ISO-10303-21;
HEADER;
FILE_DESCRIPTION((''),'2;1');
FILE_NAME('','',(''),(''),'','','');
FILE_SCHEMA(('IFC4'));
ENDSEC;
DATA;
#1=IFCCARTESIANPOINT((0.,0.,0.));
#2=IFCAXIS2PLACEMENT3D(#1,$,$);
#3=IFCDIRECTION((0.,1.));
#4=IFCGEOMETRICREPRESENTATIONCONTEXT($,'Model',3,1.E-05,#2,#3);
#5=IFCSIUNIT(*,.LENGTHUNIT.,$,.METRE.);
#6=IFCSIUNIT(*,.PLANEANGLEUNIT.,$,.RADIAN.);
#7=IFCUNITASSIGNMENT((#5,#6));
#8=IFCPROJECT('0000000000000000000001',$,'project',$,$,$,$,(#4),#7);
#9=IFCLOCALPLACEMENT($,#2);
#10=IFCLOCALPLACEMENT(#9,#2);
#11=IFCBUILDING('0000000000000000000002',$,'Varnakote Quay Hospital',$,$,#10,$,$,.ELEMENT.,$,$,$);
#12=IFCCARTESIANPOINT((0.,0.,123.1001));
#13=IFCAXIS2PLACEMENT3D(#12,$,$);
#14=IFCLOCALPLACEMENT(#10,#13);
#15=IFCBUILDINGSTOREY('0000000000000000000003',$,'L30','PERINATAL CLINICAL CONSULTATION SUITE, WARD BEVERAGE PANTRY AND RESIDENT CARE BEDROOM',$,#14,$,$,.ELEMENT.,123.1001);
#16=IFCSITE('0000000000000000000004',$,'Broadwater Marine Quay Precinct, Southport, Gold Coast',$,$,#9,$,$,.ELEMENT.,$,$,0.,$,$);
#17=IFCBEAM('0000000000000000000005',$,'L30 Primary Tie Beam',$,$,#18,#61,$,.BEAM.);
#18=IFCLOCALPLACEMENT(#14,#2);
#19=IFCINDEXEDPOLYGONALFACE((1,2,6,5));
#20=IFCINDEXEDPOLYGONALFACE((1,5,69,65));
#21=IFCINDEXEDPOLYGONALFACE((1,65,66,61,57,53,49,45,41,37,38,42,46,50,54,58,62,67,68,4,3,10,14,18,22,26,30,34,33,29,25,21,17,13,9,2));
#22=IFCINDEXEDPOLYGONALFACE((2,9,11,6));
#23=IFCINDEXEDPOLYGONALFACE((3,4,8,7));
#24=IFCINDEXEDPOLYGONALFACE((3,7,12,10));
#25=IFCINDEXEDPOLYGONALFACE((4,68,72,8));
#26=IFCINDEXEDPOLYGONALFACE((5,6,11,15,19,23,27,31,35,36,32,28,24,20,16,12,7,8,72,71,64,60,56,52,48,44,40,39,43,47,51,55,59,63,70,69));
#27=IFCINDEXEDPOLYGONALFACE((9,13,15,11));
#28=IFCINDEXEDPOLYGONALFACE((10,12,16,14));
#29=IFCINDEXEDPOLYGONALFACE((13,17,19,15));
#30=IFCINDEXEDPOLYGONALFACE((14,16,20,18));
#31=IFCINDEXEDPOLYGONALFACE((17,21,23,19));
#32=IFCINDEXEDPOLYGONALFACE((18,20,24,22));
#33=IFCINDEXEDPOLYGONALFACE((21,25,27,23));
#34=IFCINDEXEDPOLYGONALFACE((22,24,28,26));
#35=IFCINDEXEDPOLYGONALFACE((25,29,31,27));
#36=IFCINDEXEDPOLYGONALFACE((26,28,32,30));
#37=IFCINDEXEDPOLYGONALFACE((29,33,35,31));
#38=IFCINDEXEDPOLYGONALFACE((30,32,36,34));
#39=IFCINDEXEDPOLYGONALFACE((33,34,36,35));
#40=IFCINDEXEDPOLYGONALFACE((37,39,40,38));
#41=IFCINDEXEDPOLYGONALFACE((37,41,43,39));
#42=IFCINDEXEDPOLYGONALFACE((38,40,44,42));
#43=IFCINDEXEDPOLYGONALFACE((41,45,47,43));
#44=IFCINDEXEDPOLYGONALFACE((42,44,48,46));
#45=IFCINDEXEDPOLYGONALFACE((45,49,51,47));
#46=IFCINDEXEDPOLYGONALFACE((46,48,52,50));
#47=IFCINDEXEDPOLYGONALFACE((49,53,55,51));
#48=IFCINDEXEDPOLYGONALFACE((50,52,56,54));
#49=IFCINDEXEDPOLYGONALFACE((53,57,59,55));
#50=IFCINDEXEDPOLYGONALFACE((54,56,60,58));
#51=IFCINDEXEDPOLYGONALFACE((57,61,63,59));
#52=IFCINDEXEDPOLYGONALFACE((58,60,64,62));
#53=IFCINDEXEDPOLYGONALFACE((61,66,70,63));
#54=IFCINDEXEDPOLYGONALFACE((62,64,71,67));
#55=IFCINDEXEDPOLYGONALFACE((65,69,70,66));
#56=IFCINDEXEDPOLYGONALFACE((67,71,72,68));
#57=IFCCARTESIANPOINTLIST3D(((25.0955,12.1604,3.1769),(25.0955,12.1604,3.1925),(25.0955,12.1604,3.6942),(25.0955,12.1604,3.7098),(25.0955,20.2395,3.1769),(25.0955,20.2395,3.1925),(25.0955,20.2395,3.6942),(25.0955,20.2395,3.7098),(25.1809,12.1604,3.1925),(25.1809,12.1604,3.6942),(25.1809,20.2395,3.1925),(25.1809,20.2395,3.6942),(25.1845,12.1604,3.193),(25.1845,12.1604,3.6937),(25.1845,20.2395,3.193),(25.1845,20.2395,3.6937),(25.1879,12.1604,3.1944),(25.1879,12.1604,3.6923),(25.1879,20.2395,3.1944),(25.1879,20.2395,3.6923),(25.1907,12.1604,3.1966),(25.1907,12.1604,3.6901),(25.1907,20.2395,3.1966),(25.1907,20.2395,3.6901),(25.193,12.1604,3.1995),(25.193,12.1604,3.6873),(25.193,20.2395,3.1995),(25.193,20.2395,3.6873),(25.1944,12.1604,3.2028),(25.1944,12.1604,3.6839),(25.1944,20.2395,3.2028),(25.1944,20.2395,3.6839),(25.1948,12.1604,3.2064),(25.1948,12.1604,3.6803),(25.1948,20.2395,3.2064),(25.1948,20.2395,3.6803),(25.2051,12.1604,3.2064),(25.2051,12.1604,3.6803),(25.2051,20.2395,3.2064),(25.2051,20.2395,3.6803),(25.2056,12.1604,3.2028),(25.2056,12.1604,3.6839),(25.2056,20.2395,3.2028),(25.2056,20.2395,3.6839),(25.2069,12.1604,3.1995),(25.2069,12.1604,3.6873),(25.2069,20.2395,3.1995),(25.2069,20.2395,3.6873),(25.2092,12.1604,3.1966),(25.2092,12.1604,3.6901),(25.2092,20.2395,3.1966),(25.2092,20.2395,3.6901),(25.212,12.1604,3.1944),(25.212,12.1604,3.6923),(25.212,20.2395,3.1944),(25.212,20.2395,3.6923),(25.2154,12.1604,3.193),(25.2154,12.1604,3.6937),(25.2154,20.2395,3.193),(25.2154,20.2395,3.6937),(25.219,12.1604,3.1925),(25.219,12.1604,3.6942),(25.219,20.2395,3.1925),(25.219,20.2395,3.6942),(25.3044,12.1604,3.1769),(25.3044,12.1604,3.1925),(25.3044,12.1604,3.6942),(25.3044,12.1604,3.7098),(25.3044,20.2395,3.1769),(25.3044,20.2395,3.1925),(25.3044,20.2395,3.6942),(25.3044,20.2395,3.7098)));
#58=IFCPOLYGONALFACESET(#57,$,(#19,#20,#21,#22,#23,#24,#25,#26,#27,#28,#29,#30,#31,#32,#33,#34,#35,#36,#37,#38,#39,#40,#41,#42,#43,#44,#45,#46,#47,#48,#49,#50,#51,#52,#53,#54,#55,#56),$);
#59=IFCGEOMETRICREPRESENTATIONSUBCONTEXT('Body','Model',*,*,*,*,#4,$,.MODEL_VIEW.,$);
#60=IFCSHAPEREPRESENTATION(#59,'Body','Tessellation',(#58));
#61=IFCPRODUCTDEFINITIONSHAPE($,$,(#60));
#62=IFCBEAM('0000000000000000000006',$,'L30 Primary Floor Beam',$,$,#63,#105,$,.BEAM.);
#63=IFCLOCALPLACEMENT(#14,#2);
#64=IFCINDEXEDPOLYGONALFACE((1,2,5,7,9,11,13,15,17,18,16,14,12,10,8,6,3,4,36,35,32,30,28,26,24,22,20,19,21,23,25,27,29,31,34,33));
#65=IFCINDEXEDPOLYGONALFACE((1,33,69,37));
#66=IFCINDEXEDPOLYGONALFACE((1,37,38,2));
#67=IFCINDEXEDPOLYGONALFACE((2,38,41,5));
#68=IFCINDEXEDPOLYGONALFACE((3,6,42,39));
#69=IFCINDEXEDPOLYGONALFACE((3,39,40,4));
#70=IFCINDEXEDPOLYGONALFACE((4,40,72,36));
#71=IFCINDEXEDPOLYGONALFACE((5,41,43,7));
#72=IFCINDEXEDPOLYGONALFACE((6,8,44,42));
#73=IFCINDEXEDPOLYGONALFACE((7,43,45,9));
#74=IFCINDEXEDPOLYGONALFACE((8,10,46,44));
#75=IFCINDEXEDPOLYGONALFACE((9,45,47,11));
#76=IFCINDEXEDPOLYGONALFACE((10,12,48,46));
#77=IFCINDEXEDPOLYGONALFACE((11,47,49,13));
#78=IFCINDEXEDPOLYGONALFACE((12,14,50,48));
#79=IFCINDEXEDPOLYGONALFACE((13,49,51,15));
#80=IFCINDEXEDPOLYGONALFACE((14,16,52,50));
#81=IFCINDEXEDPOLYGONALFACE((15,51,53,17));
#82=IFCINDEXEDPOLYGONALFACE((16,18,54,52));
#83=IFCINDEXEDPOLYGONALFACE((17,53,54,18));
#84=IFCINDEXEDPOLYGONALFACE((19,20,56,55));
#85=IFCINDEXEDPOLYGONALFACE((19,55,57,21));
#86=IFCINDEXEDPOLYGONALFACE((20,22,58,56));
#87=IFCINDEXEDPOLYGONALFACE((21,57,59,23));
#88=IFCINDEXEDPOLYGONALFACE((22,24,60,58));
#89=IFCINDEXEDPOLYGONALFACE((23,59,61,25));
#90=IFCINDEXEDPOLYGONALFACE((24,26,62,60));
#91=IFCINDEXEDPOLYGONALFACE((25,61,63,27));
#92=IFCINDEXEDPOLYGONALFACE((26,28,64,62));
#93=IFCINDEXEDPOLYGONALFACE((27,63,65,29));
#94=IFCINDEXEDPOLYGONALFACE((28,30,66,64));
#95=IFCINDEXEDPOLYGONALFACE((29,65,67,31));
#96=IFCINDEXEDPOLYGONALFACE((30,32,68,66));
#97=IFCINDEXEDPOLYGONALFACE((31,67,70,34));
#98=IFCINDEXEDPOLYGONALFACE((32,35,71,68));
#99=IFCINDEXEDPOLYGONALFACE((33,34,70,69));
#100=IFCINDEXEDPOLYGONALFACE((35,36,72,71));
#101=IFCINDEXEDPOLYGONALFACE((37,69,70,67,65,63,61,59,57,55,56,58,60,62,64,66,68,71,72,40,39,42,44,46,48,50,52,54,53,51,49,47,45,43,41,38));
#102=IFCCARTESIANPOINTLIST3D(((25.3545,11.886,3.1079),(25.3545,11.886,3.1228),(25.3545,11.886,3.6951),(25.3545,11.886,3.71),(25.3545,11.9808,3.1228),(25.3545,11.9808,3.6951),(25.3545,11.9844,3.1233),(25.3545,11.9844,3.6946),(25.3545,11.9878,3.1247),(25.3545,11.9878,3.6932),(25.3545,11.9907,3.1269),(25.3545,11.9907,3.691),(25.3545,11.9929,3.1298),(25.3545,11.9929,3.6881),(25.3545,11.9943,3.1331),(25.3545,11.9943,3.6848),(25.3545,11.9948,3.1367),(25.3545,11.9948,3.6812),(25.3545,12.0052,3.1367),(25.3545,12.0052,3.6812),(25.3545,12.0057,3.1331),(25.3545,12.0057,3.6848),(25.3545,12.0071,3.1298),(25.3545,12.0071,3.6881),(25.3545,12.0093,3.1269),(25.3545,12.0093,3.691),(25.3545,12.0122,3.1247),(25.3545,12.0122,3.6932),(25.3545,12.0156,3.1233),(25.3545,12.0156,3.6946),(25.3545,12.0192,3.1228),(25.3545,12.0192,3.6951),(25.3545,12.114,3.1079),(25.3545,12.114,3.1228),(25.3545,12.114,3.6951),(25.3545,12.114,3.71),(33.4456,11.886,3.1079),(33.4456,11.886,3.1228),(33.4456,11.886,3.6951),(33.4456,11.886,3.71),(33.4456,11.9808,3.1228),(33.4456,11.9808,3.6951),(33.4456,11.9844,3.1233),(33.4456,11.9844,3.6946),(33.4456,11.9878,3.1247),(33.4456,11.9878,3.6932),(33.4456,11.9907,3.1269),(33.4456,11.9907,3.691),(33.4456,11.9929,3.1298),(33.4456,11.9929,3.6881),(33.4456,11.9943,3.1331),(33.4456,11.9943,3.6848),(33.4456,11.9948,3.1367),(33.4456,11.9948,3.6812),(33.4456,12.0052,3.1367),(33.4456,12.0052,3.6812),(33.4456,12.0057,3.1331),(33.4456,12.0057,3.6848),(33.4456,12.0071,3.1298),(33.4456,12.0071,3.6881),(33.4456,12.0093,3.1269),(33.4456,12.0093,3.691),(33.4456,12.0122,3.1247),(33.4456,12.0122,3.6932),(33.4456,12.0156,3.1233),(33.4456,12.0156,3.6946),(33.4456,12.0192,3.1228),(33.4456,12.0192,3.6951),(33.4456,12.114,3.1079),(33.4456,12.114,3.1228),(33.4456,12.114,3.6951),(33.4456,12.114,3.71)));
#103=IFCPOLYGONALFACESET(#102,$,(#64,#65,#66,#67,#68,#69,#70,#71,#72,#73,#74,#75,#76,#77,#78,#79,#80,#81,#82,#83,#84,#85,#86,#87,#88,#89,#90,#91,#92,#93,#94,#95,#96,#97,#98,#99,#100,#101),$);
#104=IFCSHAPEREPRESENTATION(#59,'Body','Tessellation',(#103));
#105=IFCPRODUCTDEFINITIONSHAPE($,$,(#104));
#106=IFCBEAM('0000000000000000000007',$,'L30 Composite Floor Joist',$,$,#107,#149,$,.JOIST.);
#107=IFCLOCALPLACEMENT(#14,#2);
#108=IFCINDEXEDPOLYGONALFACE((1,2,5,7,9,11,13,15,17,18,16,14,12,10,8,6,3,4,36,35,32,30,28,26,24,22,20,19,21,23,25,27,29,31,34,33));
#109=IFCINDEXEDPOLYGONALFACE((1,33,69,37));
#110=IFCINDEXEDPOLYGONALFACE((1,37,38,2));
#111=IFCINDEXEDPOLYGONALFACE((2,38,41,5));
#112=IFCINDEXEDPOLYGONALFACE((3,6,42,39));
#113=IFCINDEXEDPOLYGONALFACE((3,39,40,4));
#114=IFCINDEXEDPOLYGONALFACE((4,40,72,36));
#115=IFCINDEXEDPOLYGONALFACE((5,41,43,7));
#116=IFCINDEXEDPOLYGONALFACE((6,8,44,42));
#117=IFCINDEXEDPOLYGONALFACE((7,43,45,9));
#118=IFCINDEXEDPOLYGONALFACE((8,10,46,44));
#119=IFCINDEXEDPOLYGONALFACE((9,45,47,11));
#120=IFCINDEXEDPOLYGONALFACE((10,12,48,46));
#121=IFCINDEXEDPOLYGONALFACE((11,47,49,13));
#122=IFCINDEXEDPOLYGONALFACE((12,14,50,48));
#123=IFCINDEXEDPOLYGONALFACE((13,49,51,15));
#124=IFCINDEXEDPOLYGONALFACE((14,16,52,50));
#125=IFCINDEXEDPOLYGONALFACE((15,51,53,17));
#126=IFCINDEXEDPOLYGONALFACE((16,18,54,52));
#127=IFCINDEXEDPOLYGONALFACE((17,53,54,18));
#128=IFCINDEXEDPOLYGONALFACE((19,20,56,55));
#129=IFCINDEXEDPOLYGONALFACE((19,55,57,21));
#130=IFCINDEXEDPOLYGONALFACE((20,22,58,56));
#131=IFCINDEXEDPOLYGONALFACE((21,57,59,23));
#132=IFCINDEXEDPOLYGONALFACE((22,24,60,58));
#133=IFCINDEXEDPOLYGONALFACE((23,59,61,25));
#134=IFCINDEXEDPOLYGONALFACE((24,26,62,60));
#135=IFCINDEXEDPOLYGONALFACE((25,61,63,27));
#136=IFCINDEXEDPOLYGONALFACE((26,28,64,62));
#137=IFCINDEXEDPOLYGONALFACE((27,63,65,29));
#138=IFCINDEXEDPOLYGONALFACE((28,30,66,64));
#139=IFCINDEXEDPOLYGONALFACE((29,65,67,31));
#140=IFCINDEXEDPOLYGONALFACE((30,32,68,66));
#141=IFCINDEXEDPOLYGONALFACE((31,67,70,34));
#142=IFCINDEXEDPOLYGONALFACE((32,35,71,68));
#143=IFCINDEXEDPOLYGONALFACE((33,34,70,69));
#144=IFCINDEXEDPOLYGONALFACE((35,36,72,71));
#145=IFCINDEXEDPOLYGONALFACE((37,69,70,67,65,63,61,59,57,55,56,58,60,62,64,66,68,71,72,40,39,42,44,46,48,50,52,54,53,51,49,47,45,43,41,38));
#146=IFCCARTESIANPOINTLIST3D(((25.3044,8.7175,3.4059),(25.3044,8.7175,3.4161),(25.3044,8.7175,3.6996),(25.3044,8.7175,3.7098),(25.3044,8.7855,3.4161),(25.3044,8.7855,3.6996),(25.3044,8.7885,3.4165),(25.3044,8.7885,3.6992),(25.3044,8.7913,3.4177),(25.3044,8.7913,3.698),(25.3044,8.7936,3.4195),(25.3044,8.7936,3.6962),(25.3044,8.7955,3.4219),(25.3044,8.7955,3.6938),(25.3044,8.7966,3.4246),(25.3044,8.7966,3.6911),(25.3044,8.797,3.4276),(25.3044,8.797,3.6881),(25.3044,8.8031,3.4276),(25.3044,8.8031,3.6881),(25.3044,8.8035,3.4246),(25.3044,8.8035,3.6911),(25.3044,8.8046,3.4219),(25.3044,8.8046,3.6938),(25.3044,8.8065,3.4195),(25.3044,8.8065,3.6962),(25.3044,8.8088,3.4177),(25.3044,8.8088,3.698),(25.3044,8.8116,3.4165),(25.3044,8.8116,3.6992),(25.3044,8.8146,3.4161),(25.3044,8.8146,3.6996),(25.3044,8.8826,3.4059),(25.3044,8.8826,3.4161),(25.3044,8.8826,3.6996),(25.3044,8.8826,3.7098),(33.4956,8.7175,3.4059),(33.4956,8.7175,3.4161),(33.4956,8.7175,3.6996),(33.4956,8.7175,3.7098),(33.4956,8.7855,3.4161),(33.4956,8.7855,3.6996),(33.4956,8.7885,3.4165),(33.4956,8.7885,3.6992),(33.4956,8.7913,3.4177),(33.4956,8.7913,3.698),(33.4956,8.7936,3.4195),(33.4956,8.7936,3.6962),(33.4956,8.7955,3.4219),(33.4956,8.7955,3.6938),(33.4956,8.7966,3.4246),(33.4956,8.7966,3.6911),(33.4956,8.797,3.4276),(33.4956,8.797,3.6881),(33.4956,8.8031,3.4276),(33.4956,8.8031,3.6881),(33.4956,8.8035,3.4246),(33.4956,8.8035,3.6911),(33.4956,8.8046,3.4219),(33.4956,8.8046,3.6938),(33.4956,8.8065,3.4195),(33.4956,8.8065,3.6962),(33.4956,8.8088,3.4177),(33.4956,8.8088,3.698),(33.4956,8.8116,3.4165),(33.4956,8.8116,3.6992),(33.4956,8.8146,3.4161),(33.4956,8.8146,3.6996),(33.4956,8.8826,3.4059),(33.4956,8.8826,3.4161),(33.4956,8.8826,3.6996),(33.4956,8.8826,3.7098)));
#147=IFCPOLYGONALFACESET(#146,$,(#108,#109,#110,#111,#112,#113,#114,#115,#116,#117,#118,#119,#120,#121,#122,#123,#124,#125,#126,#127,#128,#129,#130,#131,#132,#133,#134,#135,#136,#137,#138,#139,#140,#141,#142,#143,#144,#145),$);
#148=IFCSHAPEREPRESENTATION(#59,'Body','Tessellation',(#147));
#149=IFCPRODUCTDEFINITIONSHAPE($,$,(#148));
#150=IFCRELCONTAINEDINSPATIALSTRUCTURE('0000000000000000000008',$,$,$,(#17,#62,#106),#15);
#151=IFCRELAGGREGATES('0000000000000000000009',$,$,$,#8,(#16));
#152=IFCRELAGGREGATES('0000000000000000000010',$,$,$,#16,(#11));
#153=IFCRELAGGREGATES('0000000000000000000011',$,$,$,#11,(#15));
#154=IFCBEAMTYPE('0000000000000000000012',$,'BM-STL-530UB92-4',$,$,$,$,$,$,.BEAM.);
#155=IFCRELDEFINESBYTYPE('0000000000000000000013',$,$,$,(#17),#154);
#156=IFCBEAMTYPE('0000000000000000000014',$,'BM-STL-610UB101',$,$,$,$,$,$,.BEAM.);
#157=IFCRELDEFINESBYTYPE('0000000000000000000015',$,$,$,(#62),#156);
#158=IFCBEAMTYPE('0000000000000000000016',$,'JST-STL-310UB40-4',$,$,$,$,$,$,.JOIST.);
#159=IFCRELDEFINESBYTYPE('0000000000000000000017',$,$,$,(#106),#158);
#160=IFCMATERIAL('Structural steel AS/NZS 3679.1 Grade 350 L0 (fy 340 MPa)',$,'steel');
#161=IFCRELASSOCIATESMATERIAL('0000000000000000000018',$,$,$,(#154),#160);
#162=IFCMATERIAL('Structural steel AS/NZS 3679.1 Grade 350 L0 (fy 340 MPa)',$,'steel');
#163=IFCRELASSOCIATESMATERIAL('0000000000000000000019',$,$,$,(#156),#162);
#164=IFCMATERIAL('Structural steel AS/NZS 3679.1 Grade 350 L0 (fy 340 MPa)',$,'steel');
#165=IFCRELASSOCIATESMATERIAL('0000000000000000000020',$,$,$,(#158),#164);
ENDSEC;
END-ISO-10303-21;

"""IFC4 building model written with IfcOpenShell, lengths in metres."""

from ifc_helpers import new_model, si_unit, direction, frame, origin, origin_2d, place, context, subcontext, project, spatial, i_section, extrude, material, material_profile, profile_set, type_object, element, save


model = new_model("IFC4")

# Units and contexts
model_context = context("Model", 3, precision=1e-05, world=origin(), true_north=direction((0.0, 1.0)))
body_context = subcontext(model_context, "Body", "Model", "MODEL_VIEW")
ifc_project = project(units=[si_unit("LENGTHUNIT", "METRE"), si_unit("PLANEANGLEUNIT", "RADIAN")], contexts=[model_context])

# Site, building, storey
site_placement = place(None, origin())
site = spatial("IfcSite", under=ifc_project, at=site_placement, Name="Broadwater Marine Quay Precinct, Southport, Gold Coast", CompositionType="ELEMENT", RefElevation=0.0)
building_placement = place(site_placement, origin())
building = spatial("IfcBuilding", under=site, at=building_placement, Name="Varnakote Quay Hospital", CompositionType="ELEMENT")
storey_placement = place(building_placement, frame((0.0, 0.0, 123.1001)))
storey = spatial("IfcBuildingStorey", under=building, at=storey_placement, Name="L30", Description="PERINATAL CLINICAL CONSULTATION SUITE, WARD BEVERAGE PANTRY AND RESIDENT CARE BEDROOM", CompositionType="ELEMENT", Elevation=123.1001)

# Beams
ifc_material_1 = material(Name="Structural steel AS/NZS 3679.1 Grade 350 L0 (fy 340 MPa)", Category="steel")
ifc_material_profile_1 = material_profile(ifc_material_1, i_section(OverallWidth=0.209, OverallDepth=0.533, WebThickness=0.0103, FlangeThickness=0.0156, FilletRadius=0.0139, at=origin_2d()), Name="530UB92.4")
ifc_profile_set_1 = profile_set([ifc_material_profile_1], Name="Structural steel AS/NZS 3679.1 Grade 350 L0 (fy 340 MPa)")
beam_type_1 = type_object("IfcBeamType", Name="BM-STL-530UB92-4", PredefinedType="BEAM", material=ifc_profile_set_1)
beam_1_placement = place(storey_placement, frame((25.2, 12.1604, 3.4434), z_axis=(0.0, 1.0, 0.0), x_axis=(-1.0, 0.0, 0.0)))
element("IfcBeam", 1, at=beam_1_placement, inside=storey, type_object=beam_type_1, Name="L30 Primary Tie Beam", PredefinedType="BEAM", context=body_context, shape_type="SweptSolid", body=[
    extrude(i_section(OverallWidth=0.209, OverallDepth=0.533, WebThickness=0.0103, FlangeThickness=0.0156, FilletRadius=0.0139, at=origin_2d()), origin(), (0.0, 0.0, 1.0), 8.0791),
])
ifc_material_2 = material(Name="Structural steel AS/NZS 3679.1 Grade 350 L0 (fy 340 MPa)", Category="steel")
ifc_material_profile_2 = material_profile(ifc_material_2, i_section(OverallWidth=0.228, OverallDepth=0.6021, WebThickness=0.0105, FlangeThickness=0.0149, FilletRadius=0.0139, at=origin_2d()), Name="610UB101")
ifc_profile_set_2 = profile_set([ifc_material_profile_2], Name="Structural steel AS/NZS 3679.1 Grade 350 L0 (fy 340 MPa)")
beam_type_2 = type_object("IfcBeamType", Name="BM-STL-610UB101", PredefinedType="BEAM", material=ifc_profile_set_2)
beam_2_placement = place(storey_placement, frame((25.3545, 12.0, 3.4089), z_axis=(1.0, 0.0, 0.0), x_axis=(0.0, 1.0, 0.0)))
element("IfcBeam", 2, at=beam_2_placement, inside=storey, type_object=beam_type_2, Name="L30 Primary Floor Beam", PredefinedType="BEAM", context=body_context, shape_type="SweptSolid", body=[
    extrude(i_section(OverallWidth=0.228, OverallDepth=0.6021, WebThickness=0.0105, FlangeThickness=0.0149, FilletRadius=0.0139, at=origin_2d()), origin(), (0.0, 0.0, 1.0), 8.0911),
])
ifc_material_3 = material(Name="Structural steel AS/NZS 3679.1 Grade 350 L0 (fy 340 MPa)", Category="steel")
ifc_material_profile_3 = material_profile(ifc_material_3, i_section(OverallWidth=0.165, OverallDepth=0.304, WebThickness=0.0061, FlangeThickness=0.0103, FilletRadius=0.0115, at=origin_2d()), Name="310UB40.4")
ifc_profile_set_3 = profile_set([ifc_material_profile_3], Name="Structural steel AS/NZS 3679.1 Grade 350 L0 (fy 340 MPa)")
beam_type_3 = type_object("IfcBeamType", Name="JST-STL-310UB40-4", PredefinedType="JOIST", material=ifc_profile_set_3)
beam_3_placement = place(storey_placement, frame((25.3044, 8.8, 3.5579), z_axis=(1.0, 0.0, 0.0), x_axis=(0.0, 1.0, 0.0)))
element("IfcBeam", 3, at=beam_3_placement, inside=storey, type_object=beam_type_3, Name="L30 Composite Floor Joist", PredefinedType="JOIST", context=body_context, shape_type="SweptSolid", body=[
    extrude(i_section(OverallWidth=0.165, OverallDepth=0.304, WebThickness=0.0061, FlangeThickness=0.0103, FilletRadius=0.0115, at=origin_2d()), origin(), (0.0, 0.0, 1.0), 8.1912),
])

save(model, "model.ifc")
